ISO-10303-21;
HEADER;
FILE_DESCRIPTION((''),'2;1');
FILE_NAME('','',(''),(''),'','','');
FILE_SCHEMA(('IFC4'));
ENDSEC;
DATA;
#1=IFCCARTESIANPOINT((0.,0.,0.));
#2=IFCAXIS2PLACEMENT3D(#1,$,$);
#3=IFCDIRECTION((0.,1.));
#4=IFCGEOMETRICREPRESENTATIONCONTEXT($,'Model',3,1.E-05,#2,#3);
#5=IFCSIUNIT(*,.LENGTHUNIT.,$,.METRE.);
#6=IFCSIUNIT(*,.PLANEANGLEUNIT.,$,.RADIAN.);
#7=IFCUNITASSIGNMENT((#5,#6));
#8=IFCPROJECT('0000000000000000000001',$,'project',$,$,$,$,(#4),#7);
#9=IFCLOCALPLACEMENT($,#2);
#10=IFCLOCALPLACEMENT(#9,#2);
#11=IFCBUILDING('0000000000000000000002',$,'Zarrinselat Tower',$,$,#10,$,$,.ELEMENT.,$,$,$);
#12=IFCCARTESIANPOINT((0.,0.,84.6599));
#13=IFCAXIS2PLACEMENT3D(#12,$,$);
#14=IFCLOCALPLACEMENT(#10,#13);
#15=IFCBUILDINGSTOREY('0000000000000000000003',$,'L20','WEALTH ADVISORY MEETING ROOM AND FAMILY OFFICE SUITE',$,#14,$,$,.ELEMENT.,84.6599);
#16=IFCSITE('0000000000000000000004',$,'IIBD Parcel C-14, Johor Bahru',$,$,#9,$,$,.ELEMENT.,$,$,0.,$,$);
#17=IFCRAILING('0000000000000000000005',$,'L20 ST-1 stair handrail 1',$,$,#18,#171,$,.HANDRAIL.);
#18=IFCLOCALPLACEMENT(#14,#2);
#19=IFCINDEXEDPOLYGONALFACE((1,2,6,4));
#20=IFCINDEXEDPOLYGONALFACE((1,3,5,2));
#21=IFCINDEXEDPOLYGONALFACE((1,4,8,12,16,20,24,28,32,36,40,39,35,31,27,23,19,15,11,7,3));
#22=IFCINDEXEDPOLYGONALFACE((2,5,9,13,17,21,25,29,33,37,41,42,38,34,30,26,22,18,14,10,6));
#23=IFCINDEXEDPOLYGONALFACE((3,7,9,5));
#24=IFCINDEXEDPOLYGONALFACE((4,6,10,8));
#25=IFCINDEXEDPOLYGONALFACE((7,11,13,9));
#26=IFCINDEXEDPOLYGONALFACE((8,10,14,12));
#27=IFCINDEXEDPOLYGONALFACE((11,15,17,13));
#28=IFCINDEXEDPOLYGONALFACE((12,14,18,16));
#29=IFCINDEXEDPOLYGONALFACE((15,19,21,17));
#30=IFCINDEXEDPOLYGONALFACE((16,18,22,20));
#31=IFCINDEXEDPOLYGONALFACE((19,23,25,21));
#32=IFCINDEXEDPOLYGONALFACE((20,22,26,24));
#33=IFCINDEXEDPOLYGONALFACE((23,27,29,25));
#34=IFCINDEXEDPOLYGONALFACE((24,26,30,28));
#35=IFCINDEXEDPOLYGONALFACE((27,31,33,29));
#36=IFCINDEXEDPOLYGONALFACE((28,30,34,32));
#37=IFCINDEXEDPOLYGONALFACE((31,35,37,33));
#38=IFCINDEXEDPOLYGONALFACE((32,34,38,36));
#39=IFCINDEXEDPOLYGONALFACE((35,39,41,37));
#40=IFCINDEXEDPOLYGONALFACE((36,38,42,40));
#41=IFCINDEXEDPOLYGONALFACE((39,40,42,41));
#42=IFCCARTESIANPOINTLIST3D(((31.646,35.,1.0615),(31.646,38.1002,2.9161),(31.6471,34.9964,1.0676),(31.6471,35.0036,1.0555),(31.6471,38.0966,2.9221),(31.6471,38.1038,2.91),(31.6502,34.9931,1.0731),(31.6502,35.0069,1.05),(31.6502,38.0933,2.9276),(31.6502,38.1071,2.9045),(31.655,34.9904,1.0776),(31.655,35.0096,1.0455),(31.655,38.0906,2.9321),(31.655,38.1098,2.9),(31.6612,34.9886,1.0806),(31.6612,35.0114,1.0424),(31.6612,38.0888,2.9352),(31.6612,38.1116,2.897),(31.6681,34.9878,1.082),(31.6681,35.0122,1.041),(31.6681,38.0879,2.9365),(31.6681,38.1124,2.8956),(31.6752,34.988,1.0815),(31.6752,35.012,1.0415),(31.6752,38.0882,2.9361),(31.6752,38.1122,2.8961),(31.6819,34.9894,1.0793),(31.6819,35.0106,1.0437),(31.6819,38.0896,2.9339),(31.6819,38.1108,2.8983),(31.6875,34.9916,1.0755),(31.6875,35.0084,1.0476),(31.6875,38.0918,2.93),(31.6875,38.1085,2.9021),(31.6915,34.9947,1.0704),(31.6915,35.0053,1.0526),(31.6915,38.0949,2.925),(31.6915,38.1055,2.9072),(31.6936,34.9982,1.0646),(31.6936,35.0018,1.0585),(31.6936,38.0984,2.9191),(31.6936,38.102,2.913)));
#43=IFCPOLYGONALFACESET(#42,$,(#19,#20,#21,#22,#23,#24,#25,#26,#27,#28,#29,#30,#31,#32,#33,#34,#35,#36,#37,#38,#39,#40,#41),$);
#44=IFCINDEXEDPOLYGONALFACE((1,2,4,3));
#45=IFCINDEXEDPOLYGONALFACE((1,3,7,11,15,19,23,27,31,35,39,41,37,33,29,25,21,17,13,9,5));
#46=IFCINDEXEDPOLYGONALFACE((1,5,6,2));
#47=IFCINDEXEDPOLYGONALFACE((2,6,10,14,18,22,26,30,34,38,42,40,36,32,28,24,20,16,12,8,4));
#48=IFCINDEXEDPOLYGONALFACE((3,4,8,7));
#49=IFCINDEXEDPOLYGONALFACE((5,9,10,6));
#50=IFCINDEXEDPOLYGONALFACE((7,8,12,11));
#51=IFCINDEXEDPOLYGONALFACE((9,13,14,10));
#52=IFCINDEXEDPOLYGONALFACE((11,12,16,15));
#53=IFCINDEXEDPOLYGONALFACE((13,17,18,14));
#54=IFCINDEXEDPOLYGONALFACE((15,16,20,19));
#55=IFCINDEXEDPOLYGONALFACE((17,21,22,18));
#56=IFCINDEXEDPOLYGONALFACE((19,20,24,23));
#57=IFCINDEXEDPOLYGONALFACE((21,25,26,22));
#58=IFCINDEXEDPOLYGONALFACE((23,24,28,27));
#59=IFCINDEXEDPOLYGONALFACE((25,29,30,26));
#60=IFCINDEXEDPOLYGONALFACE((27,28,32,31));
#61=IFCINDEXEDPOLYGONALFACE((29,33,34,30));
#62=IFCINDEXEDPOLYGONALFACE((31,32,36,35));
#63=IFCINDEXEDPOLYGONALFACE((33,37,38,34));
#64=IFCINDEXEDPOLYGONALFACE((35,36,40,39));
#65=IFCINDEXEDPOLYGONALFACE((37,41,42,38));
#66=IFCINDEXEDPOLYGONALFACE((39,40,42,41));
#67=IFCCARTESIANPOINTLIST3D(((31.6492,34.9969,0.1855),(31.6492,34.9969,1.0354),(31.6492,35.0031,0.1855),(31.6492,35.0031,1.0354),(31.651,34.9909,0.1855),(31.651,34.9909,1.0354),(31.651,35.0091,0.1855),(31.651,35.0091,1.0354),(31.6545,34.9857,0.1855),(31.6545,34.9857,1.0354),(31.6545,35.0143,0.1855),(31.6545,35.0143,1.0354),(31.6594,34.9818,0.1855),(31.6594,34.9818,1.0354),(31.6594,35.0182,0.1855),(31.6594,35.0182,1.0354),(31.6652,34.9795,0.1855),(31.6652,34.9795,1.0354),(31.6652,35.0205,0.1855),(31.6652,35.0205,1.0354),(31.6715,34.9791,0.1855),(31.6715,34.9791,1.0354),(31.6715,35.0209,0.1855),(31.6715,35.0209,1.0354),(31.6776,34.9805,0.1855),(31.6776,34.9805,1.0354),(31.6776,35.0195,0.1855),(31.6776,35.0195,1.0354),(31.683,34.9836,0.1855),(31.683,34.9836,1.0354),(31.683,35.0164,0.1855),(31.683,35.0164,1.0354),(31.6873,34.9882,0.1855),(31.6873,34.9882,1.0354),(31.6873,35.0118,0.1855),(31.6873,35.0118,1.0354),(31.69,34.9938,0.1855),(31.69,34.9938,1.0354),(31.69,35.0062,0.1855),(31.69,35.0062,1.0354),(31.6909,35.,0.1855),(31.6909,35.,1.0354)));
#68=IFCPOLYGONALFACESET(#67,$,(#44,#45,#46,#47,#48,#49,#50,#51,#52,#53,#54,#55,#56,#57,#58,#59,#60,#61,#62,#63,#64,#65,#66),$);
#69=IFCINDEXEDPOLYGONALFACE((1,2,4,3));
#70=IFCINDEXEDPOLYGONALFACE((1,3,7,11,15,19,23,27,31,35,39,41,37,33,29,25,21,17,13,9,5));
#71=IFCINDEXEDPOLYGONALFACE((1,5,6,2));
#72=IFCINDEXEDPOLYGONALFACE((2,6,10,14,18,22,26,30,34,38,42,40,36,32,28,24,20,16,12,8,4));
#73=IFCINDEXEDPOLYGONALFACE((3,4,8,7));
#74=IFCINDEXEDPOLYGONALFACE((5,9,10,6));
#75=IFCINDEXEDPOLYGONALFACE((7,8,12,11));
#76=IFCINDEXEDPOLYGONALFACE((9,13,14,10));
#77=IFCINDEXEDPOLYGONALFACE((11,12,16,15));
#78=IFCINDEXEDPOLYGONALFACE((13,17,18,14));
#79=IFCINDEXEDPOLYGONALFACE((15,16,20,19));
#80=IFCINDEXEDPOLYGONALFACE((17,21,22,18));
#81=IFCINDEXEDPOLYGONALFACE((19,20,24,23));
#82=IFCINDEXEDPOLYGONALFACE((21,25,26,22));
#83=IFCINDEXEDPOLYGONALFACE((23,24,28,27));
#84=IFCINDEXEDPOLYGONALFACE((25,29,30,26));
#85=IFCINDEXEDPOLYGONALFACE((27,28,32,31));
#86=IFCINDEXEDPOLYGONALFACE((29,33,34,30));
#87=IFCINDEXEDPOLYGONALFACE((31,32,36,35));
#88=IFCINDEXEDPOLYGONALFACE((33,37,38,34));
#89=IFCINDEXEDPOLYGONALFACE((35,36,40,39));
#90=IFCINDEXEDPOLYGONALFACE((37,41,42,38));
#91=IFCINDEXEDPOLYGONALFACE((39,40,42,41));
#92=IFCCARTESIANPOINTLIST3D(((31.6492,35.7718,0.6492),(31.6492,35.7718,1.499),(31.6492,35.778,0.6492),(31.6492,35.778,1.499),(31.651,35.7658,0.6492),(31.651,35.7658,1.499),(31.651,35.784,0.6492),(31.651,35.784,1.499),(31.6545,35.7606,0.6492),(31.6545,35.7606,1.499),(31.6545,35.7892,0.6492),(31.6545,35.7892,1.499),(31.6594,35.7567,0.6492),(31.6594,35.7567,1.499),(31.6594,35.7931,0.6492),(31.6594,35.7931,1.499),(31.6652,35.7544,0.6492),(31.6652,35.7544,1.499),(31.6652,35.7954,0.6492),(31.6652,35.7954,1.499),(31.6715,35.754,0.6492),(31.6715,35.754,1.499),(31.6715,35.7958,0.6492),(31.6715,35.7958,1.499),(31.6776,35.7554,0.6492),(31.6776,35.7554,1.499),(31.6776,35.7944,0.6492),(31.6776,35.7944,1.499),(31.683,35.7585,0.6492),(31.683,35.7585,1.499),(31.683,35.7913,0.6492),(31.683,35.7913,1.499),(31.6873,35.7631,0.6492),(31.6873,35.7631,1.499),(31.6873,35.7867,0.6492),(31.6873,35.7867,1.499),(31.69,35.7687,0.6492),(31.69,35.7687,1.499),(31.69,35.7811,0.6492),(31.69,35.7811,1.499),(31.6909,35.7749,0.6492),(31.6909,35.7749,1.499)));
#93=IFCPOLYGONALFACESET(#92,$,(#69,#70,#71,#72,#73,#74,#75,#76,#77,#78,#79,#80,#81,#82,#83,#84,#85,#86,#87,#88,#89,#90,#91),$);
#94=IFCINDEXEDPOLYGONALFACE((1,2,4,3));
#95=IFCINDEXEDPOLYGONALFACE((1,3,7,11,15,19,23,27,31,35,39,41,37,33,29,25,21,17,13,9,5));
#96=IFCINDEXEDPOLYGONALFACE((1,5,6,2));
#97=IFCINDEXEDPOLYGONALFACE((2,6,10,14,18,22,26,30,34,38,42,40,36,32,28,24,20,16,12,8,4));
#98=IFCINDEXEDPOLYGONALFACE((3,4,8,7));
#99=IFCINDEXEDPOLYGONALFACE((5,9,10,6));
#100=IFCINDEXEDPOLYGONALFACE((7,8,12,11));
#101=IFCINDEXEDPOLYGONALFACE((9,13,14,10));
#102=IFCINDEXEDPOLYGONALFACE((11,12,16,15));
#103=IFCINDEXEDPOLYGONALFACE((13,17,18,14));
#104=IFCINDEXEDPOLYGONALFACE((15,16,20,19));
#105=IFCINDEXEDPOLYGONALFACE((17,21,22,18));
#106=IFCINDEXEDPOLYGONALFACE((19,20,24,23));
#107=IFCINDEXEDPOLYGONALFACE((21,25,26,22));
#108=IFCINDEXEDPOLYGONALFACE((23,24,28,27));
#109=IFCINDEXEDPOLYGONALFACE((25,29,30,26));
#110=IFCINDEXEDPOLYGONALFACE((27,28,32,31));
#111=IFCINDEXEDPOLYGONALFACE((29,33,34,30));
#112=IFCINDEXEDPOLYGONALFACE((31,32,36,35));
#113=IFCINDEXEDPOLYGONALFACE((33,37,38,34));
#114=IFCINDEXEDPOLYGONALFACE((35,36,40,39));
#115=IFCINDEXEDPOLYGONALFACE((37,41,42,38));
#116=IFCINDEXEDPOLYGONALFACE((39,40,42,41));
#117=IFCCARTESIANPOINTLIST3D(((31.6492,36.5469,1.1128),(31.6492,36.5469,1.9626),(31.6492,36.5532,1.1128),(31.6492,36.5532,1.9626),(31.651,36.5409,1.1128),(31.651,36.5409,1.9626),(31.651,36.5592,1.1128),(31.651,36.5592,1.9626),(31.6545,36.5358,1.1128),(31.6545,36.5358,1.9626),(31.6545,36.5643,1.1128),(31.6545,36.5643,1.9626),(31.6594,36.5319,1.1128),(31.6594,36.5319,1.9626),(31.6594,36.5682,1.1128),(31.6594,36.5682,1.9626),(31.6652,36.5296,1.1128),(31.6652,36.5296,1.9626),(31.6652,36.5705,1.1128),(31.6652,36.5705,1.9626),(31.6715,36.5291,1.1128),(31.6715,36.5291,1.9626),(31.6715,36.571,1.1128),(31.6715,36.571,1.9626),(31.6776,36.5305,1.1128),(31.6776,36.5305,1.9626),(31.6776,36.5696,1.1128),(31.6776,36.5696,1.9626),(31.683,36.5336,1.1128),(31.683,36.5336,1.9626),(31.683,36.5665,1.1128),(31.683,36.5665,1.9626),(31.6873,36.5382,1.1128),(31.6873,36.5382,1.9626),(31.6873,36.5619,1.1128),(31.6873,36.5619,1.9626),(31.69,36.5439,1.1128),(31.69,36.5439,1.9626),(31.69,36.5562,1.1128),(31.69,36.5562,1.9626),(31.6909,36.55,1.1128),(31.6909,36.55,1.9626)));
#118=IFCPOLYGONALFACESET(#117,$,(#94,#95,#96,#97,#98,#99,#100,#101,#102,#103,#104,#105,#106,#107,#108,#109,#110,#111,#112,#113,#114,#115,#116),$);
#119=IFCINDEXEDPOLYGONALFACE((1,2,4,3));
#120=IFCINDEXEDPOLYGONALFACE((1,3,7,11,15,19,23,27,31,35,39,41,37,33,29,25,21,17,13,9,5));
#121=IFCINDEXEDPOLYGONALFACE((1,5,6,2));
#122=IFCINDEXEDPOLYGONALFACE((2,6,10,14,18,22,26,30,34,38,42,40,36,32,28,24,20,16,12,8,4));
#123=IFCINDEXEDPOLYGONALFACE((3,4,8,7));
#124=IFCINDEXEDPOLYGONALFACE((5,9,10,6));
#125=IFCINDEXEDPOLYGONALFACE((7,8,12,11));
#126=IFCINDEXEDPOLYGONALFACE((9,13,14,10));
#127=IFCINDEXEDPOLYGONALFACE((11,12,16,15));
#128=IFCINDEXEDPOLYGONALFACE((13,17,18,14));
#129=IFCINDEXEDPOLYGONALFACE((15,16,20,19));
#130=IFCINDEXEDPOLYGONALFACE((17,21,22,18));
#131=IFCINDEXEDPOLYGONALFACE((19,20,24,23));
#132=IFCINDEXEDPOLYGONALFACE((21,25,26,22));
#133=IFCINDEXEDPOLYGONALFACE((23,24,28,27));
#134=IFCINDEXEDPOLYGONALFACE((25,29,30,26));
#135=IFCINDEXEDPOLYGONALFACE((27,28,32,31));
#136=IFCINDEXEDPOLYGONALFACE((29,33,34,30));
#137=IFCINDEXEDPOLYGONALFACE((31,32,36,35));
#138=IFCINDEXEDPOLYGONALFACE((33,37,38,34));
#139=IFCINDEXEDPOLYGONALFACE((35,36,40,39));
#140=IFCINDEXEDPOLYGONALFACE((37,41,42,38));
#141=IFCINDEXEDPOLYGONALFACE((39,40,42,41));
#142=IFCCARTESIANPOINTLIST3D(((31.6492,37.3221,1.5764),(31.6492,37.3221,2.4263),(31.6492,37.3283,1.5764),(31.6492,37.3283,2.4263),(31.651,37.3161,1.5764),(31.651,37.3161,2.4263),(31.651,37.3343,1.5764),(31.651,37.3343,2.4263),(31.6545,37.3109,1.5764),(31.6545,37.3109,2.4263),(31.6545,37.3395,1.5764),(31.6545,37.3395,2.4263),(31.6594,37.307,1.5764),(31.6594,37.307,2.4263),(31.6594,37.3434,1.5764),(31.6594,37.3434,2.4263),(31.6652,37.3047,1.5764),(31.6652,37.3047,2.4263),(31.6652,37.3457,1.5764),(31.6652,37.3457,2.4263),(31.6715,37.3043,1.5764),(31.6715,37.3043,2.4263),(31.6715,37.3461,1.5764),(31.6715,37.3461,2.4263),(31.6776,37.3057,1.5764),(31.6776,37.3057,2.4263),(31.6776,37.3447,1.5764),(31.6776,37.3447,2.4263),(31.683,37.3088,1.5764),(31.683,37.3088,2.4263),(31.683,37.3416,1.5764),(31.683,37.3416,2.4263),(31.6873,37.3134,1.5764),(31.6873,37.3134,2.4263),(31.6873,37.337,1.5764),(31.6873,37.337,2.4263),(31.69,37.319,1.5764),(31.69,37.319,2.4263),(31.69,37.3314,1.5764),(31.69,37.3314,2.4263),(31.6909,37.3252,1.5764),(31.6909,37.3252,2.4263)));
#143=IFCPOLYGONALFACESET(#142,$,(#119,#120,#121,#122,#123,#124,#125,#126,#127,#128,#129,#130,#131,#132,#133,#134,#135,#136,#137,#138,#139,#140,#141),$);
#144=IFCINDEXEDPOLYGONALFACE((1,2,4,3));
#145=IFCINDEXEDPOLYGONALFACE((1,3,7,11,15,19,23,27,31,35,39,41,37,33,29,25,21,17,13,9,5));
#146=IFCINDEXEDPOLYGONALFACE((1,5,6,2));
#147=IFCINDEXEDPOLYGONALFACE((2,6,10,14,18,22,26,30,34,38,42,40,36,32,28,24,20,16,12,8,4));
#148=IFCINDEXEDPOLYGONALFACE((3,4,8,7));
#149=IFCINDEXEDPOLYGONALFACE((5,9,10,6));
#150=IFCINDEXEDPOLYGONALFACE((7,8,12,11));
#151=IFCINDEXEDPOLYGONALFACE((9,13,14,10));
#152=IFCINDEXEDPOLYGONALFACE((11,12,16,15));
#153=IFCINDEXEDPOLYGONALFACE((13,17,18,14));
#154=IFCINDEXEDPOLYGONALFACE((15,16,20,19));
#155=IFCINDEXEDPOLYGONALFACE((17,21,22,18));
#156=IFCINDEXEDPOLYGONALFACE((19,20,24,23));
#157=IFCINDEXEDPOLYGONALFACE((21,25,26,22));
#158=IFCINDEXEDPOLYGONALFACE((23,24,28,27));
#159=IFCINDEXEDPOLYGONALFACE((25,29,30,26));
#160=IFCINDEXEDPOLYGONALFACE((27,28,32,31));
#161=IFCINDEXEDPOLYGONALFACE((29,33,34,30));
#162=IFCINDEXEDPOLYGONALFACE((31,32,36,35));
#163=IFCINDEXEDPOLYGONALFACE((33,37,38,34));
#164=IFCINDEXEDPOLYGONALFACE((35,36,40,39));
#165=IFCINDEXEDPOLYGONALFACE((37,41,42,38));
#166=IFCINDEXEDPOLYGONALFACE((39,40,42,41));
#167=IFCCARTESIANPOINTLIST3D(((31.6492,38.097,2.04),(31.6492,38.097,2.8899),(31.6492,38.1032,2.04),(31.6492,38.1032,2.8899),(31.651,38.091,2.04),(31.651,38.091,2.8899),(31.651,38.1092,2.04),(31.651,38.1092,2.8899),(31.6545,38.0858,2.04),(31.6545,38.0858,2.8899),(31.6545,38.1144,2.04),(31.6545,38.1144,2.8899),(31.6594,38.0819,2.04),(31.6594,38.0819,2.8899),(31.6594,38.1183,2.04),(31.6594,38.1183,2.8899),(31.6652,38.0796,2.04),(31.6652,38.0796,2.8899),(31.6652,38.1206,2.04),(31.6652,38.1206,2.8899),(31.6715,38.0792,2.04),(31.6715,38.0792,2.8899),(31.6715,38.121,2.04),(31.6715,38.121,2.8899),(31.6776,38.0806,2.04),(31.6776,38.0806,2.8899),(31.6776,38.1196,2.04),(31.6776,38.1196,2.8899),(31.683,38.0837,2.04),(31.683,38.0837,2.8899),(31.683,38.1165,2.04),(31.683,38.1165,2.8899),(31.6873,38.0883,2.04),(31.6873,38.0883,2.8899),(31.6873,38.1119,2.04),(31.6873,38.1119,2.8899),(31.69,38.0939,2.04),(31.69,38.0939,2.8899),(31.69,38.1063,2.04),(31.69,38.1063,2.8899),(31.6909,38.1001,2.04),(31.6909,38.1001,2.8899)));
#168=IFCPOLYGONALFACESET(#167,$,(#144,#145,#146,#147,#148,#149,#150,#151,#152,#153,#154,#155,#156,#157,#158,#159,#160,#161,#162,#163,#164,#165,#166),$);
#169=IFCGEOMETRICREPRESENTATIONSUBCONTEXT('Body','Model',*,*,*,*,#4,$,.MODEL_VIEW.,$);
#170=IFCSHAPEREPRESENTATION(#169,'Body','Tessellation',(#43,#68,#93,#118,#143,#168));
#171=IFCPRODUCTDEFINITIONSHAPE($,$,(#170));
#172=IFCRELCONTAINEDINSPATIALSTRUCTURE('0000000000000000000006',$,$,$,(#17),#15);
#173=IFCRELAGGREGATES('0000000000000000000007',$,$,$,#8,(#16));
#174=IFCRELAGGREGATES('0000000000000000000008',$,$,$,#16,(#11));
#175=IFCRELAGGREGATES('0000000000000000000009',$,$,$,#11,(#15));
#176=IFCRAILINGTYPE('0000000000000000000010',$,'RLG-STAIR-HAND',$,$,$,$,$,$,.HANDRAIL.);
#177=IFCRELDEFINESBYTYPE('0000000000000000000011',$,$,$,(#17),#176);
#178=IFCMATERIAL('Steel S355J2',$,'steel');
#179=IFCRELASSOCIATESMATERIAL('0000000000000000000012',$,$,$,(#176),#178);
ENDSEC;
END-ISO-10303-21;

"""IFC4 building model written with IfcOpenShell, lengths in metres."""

from ifc_helpers import new_model, si_unit, direction, frame, origin, origin_2d, place, context, subcontext, project, spatial, circle, extrude, material, type_object, element, save


model = new_model("IFC4")

# Units and contexts
model_context = context("Model", 3, precision=1e-05, world=origin(), true_north=direction((0.0, 1.0)))
body_context = subcontext(model_context, "Body", "Model", "MODEL_VIEW")
ifc_project = project(units=[si_unit("LENGTHUNIT", "METRE"), si_unit("PLANEANGLEUNIT", "RADIAN")], contexts=[model_context])

# Site, building, storey
site_placement = place(None, origin())
site = spatial("IfcSite", under=ifc_project, at=site_placement, Name="IIBD Parcel C-14, Johor Bahru", CompositionType="ELEMENT", RefElevation=0.0)
building_placement = place(site_placement, origin())
building = spatial("IfcBuilding", under=site, at=building_placement, Name="Zarrinselat Tower", CompositionType="ELEMENT")
storey_placement = place(building_placement, frame((0.0, 0.0, 84.6599)))
storey = spatial("IfcBuildingStorey", under=building, at=storey_placement, Name="L20", Description="WEALTH ADVISORY MEETING ROOM AND FAMILY OFFICE SUITE", CompositionType="ELEMENT", Elevation=84.6599)

# Railing
ifc_material_1 = material(Name="Steel S355J2", Category="steel")
railing_type_1 = type_object("IfcRailingType", Name="RLG-STAIR-HAND", PredefinedType="HANDRAIL", material=ifc_material_1)
railing_1_placement = place(storey_placement, frame((31.6699, 35.0, 0.1855)))
element("IfcRailing", 1, at=railing_1_placement, inside=storey, type_object=railing_type_1, Name="L20 ST-1 stair handrail 1", PredefinedType="HANDRAIL", context=body_context, shape_type="SweptSolid", body=[
    extrude(circle(Radius=0.0239, at=origin_2d()), frame((0.0, 0.0, 0.876), z_axis=(0.0, 0.858172, 0.513362), x_axis=(-1.0, 0.0, 0.0)), (0.0, 0.0, 1.0), 3.6125),
    extrude(circle(Radius=0.021, at=origin_2d()), origin(), (0.0, 0.0, 1.0), 0.8499),
    extrude(circle(Radius=0.021, at=origin_2d()), frame((0.0, 0.7749, 0.4636)), (0.0, 0.0, 1.0), 0.8499),
    extrude(circle(Radius=0.021, at=origin_2d()), frame((0.0, 1.55, 0.9272)), (0.0, 0.0, 1.0), 0.8499),
    extrude(circle(Radius=0.021, at=origin_2d()), frame((0.0, 2.3252, 1.3909)), (0.0, 0.0, 1.0), 0.8499),
    extrude(circle(Radius=0.021, at=origin_2d()), frame((0.0, 3.1001, 1.8545)), (0.0, 0.0, 1.0), 0.8499),
])

save(model, "model.ifc")
